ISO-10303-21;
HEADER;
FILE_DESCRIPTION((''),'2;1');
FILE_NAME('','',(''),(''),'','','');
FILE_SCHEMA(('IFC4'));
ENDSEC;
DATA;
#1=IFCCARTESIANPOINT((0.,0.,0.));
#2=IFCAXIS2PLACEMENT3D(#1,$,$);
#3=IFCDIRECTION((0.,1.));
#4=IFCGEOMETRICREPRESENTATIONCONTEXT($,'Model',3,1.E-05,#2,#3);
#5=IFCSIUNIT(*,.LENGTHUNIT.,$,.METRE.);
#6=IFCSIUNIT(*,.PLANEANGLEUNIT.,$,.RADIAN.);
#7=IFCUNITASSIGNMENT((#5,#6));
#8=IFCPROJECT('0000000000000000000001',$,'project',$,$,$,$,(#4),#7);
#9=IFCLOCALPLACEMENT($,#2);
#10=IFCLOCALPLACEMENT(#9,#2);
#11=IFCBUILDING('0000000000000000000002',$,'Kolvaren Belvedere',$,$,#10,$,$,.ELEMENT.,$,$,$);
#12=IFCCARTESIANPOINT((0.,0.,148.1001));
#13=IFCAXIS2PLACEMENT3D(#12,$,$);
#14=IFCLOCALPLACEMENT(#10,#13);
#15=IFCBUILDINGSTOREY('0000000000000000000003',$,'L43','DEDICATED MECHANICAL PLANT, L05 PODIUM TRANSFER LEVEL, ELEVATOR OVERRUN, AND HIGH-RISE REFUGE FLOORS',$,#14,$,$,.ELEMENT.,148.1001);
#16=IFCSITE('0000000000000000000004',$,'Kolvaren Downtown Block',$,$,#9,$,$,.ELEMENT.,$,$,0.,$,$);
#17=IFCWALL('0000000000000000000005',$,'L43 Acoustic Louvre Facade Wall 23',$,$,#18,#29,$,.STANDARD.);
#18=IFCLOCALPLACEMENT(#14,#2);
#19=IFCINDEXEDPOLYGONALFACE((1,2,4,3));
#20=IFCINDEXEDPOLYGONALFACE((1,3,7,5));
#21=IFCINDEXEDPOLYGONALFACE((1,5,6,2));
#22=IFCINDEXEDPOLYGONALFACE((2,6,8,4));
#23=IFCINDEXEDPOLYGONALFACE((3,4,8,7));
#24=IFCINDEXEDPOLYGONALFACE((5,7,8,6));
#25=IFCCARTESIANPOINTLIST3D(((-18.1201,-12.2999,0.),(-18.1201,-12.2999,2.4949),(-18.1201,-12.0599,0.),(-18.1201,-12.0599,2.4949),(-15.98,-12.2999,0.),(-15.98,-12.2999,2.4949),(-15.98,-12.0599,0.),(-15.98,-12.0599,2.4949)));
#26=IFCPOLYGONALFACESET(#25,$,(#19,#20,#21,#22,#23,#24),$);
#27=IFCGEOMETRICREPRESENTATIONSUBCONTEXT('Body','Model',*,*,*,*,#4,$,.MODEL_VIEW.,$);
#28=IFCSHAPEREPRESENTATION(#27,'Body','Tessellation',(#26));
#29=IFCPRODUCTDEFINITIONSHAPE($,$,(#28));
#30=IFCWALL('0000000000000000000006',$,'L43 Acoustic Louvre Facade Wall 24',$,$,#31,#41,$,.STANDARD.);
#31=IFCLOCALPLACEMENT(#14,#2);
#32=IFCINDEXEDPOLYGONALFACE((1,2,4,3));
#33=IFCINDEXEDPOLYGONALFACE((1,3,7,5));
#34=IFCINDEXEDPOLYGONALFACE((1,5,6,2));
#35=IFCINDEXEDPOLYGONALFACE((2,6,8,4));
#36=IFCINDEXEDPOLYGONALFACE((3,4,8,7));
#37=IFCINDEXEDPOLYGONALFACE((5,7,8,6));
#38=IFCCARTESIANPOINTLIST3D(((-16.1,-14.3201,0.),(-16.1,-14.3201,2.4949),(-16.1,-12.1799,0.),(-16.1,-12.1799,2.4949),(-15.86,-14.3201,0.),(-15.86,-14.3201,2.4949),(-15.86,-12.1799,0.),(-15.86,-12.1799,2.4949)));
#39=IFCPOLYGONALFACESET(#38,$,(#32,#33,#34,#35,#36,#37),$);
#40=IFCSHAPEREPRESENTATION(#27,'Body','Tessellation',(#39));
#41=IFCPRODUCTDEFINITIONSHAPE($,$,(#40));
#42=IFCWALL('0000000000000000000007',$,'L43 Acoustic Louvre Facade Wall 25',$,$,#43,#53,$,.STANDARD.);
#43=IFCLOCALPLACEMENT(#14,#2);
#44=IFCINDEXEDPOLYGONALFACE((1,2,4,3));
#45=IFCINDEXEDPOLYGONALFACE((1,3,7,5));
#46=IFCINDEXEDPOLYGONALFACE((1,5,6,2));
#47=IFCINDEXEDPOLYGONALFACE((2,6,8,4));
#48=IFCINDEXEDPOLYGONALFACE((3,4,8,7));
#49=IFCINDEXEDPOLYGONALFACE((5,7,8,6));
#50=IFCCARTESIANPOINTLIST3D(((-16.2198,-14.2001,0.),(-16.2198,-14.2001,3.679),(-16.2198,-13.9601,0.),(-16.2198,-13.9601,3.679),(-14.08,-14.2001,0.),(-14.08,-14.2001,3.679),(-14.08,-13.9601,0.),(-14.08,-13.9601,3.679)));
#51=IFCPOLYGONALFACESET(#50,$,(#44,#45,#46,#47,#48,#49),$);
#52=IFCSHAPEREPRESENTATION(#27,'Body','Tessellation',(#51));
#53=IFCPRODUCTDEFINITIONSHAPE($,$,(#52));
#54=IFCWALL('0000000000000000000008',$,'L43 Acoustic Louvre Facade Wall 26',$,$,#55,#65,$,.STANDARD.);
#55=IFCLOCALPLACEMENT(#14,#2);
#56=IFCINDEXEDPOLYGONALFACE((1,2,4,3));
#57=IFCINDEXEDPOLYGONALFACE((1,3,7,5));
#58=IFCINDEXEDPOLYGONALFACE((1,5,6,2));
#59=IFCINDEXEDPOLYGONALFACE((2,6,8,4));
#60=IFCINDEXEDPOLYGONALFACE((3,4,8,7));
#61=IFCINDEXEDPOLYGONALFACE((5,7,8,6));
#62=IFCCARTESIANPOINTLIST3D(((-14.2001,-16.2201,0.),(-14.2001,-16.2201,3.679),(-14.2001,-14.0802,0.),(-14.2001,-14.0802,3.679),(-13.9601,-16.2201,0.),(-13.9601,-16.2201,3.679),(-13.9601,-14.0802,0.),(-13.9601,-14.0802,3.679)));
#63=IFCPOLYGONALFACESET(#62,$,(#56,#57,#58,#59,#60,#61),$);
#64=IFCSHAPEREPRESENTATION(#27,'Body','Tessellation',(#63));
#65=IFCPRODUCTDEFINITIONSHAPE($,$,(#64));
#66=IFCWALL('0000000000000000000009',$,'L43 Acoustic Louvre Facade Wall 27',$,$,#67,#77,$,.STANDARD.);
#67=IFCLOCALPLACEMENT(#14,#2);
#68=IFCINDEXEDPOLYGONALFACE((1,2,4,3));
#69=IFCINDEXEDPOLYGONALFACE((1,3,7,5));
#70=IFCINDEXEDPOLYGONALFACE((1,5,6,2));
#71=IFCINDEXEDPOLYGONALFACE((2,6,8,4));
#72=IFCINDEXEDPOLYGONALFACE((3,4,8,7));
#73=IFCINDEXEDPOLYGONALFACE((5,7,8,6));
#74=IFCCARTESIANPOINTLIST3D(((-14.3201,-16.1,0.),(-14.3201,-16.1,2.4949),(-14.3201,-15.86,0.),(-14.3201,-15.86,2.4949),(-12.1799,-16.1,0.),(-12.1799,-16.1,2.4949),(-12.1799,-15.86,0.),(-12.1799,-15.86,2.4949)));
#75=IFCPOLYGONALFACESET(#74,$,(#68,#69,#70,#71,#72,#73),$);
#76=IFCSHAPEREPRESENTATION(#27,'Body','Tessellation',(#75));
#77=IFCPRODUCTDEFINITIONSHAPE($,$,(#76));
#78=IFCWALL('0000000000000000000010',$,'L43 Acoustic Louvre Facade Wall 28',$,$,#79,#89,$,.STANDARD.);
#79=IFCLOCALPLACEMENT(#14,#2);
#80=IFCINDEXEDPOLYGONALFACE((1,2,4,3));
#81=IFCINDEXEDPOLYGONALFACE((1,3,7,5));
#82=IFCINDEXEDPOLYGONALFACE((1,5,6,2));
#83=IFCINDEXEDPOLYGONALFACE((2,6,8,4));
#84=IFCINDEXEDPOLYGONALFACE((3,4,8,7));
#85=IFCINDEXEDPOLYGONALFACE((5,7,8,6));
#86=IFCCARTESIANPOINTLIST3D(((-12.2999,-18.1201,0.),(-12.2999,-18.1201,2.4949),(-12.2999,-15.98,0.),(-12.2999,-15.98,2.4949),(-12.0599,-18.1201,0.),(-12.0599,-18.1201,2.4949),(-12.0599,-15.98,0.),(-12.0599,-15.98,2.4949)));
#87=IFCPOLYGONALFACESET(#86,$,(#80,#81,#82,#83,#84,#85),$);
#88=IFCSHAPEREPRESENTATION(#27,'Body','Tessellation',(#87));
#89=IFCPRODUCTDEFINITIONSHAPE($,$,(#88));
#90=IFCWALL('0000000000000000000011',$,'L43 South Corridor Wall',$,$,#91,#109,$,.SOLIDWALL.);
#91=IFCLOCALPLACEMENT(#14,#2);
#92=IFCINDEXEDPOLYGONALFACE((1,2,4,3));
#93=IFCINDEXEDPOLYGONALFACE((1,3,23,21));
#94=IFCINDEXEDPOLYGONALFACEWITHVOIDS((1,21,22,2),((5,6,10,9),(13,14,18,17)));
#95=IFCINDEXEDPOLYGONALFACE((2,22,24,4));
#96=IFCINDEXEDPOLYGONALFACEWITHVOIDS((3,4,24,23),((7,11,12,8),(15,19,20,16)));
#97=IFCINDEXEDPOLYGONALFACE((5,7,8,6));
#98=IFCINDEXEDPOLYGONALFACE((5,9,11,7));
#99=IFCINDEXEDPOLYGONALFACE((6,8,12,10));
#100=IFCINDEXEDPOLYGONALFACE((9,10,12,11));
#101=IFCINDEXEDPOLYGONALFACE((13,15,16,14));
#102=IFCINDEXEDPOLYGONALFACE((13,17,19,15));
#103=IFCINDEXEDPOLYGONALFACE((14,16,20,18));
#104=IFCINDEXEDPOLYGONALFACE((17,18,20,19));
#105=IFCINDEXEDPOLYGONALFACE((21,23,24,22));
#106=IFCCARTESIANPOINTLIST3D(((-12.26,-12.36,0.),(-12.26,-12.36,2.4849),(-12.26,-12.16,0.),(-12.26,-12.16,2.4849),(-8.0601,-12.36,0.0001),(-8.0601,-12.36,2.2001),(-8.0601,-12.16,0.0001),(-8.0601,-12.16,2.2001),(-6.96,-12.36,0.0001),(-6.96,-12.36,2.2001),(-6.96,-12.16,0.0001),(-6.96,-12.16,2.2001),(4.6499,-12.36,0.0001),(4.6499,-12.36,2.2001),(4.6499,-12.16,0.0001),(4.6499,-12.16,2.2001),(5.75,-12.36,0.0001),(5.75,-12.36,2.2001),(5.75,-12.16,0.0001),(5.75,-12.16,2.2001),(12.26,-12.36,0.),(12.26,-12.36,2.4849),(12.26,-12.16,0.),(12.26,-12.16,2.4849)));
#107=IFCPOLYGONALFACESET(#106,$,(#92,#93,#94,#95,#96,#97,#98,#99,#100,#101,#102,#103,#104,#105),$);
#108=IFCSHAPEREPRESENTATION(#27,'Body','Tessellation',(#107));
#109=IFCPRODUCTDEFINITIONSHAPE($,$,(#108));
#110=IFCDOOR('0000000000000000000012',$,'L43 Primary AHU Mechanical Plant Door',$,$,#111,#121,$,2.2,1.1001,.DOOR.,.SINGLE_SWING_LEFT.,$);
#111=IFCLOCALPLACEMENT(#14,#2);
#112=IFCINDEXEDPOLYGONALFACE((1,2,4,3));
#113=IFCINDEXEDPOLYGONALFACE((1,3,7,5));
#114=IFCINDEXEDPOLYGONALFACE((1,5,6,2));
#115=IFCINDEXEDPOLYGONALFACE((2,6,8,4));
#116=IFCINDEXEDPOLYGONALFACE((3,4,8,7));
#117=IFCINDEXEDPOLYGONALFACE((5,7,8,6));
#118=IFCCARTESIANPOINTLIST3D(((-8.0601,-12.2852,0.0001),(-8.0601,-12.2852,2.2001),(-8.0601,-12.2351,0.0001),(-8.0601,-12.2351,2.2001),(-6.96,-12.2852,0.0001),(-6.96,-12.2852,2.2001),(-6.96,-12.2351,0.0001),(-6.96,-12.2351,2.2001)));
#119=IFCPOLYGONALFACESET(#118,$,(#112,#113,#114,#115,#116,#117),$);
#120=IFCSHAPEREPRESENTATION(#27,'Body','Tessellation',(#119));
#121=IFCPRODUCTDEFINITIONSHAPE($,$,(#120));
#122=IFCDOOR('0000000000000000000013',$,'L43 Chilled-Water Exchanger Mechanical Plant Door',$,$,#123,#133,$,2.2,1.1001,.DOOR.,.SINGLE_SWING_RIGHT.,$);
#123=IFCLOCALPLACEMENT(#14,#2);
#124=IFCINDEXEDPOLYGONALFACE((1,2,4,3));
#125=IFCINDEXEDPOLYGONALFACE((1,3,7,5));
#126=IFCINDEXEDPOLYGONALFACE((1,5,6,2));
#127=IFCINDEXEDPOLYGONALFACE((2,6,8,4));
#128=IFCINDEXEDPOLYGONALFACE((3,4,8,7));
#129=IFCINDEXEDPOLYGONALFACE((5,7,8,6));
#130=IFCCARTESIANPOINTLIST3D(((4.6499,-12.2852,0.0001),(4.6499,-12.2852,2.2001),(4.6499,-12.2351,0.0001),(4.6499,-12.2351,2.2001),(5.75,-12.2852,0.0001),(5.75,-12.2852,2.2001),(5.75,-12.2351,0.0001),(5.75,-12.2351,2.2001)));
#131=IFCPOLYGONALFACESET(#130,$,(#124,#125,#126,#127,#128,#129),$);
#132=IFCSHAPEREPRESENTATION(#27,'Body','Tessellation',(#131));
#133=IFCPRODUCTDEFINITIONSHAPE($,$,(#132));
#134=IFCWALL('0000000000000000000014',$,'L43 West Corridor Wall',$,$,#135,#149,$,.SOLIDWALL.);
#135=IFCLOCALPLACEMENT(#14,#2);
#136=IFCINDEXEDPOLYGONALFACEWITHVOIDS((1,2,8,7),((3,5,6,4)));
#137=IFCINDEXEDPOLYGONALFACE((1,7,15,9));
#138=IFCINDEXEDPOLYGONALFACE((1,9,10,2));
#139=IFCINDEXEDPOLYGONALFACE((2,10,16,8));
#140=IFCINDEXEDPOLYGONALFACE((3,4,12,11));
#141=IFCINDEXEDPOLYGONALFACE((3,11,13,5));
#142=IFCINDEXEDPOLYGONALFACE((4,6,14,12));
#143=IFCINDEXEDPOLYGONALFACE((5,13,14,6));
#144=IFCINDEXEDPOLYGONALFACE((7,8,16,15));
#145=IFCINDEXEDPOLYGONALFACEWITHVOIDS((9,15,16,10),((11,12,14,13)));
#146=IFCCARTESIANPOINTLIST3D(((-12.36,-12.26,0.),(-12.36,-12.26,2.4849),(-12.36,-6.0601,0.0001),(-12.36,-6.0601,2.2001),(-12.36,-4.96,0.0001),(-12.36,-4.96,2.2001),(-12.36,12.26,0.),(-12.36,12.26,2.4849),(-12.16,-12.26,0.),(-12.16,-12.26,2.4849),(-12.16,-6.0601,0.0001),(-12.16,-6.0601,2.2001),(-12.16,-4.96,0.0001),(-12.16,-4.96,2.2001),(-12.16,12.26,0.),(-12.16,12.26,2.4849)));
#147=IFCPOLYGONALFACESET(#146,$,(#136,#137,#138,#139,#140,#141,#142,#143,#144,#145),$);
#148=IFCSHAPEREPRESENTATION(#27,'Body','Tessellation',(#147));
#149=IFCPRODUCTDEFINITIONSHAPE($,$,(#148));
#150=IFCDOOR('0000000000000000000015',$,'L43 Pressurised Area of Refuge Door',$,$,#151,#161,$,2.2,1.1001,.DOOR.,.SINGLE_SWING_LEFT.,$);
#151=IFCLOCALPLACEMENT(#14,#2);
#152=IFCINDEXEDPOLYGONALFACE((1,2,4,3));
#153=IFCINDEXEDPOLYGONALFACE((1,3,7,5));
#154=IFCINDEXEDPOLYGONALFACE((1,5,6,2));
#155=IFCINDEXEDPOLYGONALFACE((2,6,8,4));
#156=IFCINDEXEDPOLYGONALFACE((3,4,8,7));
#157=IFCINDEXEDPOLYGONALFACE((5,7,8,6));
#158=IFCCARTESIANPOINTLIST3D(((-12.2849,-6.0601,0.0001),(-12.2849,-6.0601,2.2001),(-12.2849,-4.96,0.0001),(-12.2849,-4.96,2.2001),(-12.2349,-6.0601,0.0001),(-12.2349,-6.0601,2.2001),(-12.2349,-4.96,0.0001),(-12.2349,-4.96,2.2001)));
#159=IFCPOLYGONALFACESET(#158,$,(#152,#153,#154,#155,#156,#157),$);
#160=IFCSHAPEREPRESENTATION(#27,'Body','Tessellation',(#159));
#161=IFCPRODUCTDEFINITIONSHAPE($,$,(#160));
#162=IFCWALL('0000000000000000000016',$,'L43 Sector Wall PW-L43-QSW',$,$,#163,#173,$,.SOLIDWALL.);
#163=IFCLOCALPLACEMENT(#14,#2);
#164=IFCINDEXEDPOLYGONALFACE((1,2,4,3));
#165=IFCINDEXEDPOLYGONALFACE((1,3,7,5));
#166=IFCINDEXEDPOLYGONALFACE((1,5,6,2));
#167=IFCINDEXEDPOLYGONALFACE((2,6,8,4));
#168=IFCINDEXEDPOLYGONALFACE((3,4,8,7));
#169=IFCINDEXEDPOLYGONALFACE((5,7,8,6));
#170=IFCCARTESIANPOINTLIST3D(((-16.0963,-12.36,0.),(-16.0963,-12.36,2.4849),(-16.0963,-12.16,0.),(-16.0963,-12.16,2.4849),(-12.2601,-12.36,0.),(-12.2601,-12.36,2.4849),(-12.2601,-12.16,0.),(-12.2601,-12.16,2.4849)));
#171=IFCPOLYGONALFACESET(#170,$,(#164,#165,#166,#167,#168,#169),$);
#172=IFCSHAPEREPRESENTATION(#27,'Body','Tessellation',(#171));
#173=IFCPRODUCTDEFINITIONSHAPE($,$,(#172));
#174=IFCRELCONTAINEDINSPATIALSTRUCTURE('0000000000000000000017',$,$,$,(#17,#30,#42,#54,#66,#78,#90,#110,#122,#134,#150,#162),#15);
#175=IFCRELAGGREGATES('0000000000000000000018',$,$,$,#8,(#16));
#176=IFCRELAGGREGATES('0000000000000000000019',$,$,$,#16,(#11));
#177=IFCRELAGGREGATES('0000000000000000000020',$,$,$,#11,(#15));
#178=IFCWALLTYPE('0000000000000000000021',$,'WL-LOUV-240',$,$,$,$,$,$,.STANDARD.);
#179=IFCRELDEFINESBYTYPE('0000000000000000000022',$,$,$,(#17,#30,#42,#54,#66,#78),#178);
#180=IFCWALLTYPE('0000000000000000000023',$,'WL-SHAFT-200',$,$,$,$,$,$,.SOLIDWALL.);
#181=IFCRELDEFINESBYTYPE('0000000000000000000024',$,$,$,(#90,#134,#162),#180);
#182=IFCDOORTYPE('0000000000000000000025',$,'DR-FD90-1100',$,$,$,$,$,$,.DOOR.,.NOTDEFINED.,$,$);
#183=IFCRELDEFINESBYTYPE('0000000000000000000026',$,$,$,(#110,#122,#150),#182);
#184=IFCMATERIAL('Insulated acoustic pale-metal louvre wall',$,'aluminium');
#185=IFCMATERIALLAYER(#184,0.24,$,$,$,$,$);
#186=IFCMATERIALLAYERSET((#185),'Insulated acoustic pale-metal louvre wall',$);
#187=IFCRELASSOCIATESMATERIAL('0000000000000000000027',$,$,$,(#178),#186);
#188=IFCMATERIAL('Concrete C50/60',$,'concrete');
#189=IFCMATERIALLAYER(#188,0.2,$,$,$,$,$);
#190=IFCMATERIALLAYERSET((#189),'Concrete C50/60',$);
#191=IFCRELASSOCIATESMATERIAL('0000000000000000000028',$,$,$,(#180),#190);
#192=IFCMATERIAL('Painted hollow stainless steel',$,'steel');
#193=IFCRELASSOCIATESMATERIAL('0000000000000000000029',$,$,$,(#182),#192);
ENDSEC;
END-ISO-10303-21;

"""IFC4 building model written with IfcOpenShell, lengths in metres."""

from ifc_helpers import new_model, si_unit, direction, frame, frame_2d, origin, place, context, subcontext, project, spatial, rectangle, extrude, material, layer, layer_set, type_object, element, fill, save


model = new_model("IFC4")

# Units and contexts
model_context = context("Model", 3, precision=1e-05, world=origin(), true_north=direction((0.0, 1.0)))
body_context = subcontext(model_context, "Body", "Model", "MODEL_VIEW")
ifc_project = project(units=[si_unit("LENGTHUNIT", "METRE"), si_unit("PLANEANGLEUNIT", "RADIAN")], contexts=[model_context])

# Site, building, storey
site_placement = place(None, origin())
site = spatial("IfcSite", under=ifc_project, at=site_placement, Name="Kolvaren Downtown Block", CompositionType="ELEMENT", RefElevation=0.0)
building_placement = place(site_placement, origin())
building = spatial("IfcBuilding", under=site, at=building_placement, Name="Kolvaren Belvedere", CompositionType="ELEMENT")
storey_placement = place(building_placement, frame((0.0, 0.0, 148.1001)))
storey = spatial("IfcBuildingStorey", under=building, at=storey_placement, Name="L43", Description="DEDICATED MECHANICAL PLANT, L05 PODIUM TRANSFER LEVEL, ELEVATOR OVERRUN, AND HIGH-RISE REFUGE FLOORS", CompositionType="ELEMENT", Elevation=148.1001)

# Walls
ifc_material_1 = material(Name="Insulated acoustic pale-metal louvre wall", Category="aluminium")
ifc_layer_1 = layer(ifc_material_1, 0.24)
ifc_layer_set_1 = layer_set([ifc_layer_1], Name="Insulated acoustic pale-metal louvre wall")
wall_type_1 = type_object("IfcWallType", Name="WL-LOUV-240", PredefinedType="STANDARD", material=ifc_layer_set_1)
for number, where, z_axis, x_axis, name in (
    (1, (-15.98, -12.1799, 0.0), (0.0, 0.0, 1.0), (-1.0, 0.0, 0.0), "L43 Acoustic Louvre Facade Wall 23"),
    (2, (-15.98, -14.3201, 0.0), (0.0, 0.0, 1.0), (0.0, 1.0, 0.0), "L43 Acoustic Louvre Facade Wall 24"),
):
    element("IfcWall", number, at=place(storey_placement, frame(where, z_axis=z_axis, x_axis=x_axis)), inside=storey, type_object=wall_type_1, Name=name, PredefinedType="STANDARD", context=body_context, shape_type="SweptSolid", body=[
        extrude(rectangle(XDim=2.1401, YDim=0.24, at=frame_2d((1.0701, 0.0))), origin(), (0.0, 0.0, 1.0), 2.4949),
    ])
for number, where, z_axis, x_axis, name in (
    (3, (-14.0801, -14.0801, 0.0), (0.0, 0.0, 1.0), (-1.0, 0.0, 0.0), "L43 Acoustic Louvre Facade Wall 25"),
    (4, (-14.0801, -16.22, 0.0), (0.0, 0.0, 1.0), (0.0, 1.0, 0.0), "L43 Acoustic Louvre Facade Wall 26"),
):
    element("IfcWall", number, at=place(storey_placement, frame(where, z_axis=z_axis, x_axis=x_axis)), inside=storey, type_object=wall_type_1, Name=name, PredefinedType="STANDARD", context=body_context, shape_type="SweptSolid", body=[
        extrude(rectangle(XDim=2.1399, YDim=0.24, at=frame_2d((1.0698, 0.0))), origin(), (0.0, 0.0, 1.0), 3.679),
    ])
for number, where, z_axis, x_axis, name in (
    (5, (-12.1799, -15.98, 0.0), (0.0, 0.0, 1.0), (-1.0, 0.0, 0.0), "L43 Acoustic Louvre Facade Wall 27"),
    (6, (-12.1799, -18.1201, 0.0), (0.0, 0.0, 1.0), (0.0, 1.0, 0.0), "L43 Acoustic Louvre Facade Wall 28"),
):
    element("IfcWall", number, at=place(storey_placement, frame(where, z_axis=z_axis, x_axis=x_axis)), inside=storey, type_object=wall_type_1, Name=name, PredefinedType="STANDARD", context=body_context, shape_type="SweptSolid", body=[
        extrude(rectangle(XDim=2.1401, YDim=0.24, at=frame_2d((1.0701, 0.0))), origin(), (0.0, 0.0, 1.0), 2.4949),
    ])

# Wall, openings, doors
ifc_material_2 = material(Name="Concrete C50/60", Category="concrete")
ifc_layer_2 = layer(ifc_material_2, 0.2)
ifc_layer_set_2 = layer_set([ifc_layer_2], Name="Concrete C50/60")
wall_type_2 = type_object("IfcWallType", Name="WL-SHAFT-200", PredefinedType="SOLIDWALL", material=ifc_layer_set_2)
wall_1_placement = place(storey_placement, frame((-12.26, -12.26, 0.0), z_axis=(0.0, 0.0, 1.0), x_axis=(1.0, 0.0, 0.0)))
wall_1 = element("IfcWall", 7, at=wall_1_placement, inside=storey, type_object=wall_type_2, Name="L43 South Corridor Wall", PredefinedType="SOLIDWALL", context=body_context, shape_type="SweptSolid", body=[
    extrude(rectangle(XDim=24.52, YDim=0.2, at=frame_2d((12.26, 0.0))), origin(), (0.0, 0.0, 1.0), 2.4849),
])
opening_1_placement = place(wall_1_placement, frame((4.2, 0.0, 0.0)))
opening_1 = element("IfcOpeningElement", 8, at=opening_1_placement, cuts=wall_1, PredefinedType="OPENING", context=body_context, shape_type="SweptSolid", body=[
    extrude(rectangle(XDim=1.1001, YDim=2.2, at=frame_2d((0.55, 1.1001))), frame((0.0, 0.1099, 0.0), z_axis=(0.0, -1.0, 0.0), x_axis=(1.0, 0.0, 0.0)), (0.0, 0.0, 1.0), 0.22),
])
opening_2_placement = place(wall_1_placement, frame((16.9099, 0.0, 0.0)))
opening_2 = element("IfcOpeningElement", 9, at=opening_2_placement, cuts=wall_1, PredefinedType="OPENING", context=body_context, shape_type="SweptSolid", body=[
    extrude(rectangle(XDim=1.1001, YDim=2.2, at=frame_2d((0.55, 1.1001))), frame((0.0, 0.1099, 0.0), z_axis=(0.0, -1.0, 0.0), x_axis=(1.0, 0.0, 0.0)), (0.0, 0.0, 1.0), 0.22),
])
ifc_material_3 = material(Name="Painted hollow stainless steel", Category="steel")
door_type = type_object("IfcDoorType", Name="DR-FD90-1100", OperationType="NOTDEFINED", PredefinedType="DOOR", material=ifc_material_3)
door_1_placement = place(opening_1_placement, origin())
door_1 = element("IfcDoor", 10, at=door_1_placement, inside=storey, type_object=door_type, Name="L43 Primary AHU Mechanical Plant Door", OperationType="SINGLE_SWING_LEFT", OverallHeight=2.2, OverallWidth=1.1001, PredefinedType="DOOR", context=body_context, shape_type="SweptSolid", body=[
    extrude(rectangle(XDim=1.1001, YDim=2.2, at=frame_2d((0.55, 1.1001))), frame((0.0, 0.0249, 0.0), z_axis=(0.0, -1.0, 0.0), x_axis=(1.0, 0.0, 0.0)), (0.0, 0.0, 1.0), 0.05),
])
fill(opening_1, door_1)
door_2_placement = place(opening_2_placement, origin())
door_2 = element("IfcDoor", 11, at=door_2_placement, inside=storey, type_object=door_type, Name="L43 Chilled-Water Exchanger Mechanical Plant Door", OperationType="SINGLE_SWING_RIGHT", OverallHeight=2.2, OverallWidth=1.1001, PredefinedType="DOOR", context=body_context, shape_type="SweptSolid", body=[
    extrude(rectangle(XDim=1.1001, YDim=2.2, at=frame_2d((0.55, 1.1001))), frame((0.0, 0.0249, 0.0), z_axis=(0.0, -1.0, 0.0), x_axis=(1.0, 0.0, 0.0)), (0.0, 0.0, 1.0), 0.05),
])
fill(opening_2, door_2)

# Wall, opening, door
wall_2_placement = place(storey_placement, frame((-12.26, -12.26, 0.0), z_axis=(0.0, 0.0, 1.0), x_axis=(0.0, 1.0, 0.0)))
wall_2 = element("IfcWall", 12, at=wall_2_placement, inside=storey, type_object=wall_type_2, Name="L43 West Corridor Wall", PredefinedType="SOLIDWALL", context=body_context, shape_type="SweptSolid", body=[
    extrude(rectangle(XDim=24.52, YDim=0.2, at=frame_2d((12.26, 0.0))), origin(), (0.0, 0.0, 1.0), 2.4849),
])
opening_3_placement = place(wall_2_placement, frame((6.2, 0.0, 0.0)))
opening_3 = element("IfcOpeningElement", 13, at=opening_3_placement, cuts=wall_2, PredefinedType="OPENING", context=body_context, shape_type="SweptSolid", body=[
    extrude(rectangle(XDim=1.1001, YDim=2.2, at=frame_2d((0.55, 1.1001))), frame((0.0, 0.1099, 0.0), z_axis=(0.0, -1.0, 0.0), x_axis=(1.0, 0.0, 0.0)), (0.0, 0.0, 1.0), 0.22),
])
door_3_placement = place(opening_3_placement, origin())
door_3 = element("IfcDoor", 14, at=door_3_placement, inside=storey, type_object=door_type, Name="L43 Pressurised Area of Refuge Door", OperationType="SINGLE_SWING_LEFT", OverallHeight=2.2, OverallWidth=1.1001, PredefinedType="DOOR", context=body_context, shape_type="SweptSolid", body=[
    extrude(rectangle(XDim=1.1001, YDim=2.2, at=frame_2d((0.55, 1.1001))), frame((0.0, 0.0249, 0.0), z_axis=(0.0, -1.0, 0.0), x_axis=(1.0, 0.0, 0.0)), (0.0, 0.0, 1.0), 0.05),
])
fill(opening_3, door_3)

# Wall
wall_3_placement = place(storey_placement, frame((-16.0962, -12.26, 0.0), z_axis=(0.0, 0.0, 1.0), x_axis=(1.0, 0.0, 0.0)))
element("IfcWall", 15, at=wall_3_placement, inside=storey, type_object=wall_type_2, Name="L43 Sector Wall PW-L43-QSW", PredefinedType="SOLIDWALL", context=body_context, shape_type="SweptSolid", body=[
    extrude(rectangle(XDim=3.8362, YDim=0.2, at=frame_2d((1.918, 0.0))), origin(), (0.0, 0.0, 1.0), 2.4849),
])

save(model, "model.ifc")
